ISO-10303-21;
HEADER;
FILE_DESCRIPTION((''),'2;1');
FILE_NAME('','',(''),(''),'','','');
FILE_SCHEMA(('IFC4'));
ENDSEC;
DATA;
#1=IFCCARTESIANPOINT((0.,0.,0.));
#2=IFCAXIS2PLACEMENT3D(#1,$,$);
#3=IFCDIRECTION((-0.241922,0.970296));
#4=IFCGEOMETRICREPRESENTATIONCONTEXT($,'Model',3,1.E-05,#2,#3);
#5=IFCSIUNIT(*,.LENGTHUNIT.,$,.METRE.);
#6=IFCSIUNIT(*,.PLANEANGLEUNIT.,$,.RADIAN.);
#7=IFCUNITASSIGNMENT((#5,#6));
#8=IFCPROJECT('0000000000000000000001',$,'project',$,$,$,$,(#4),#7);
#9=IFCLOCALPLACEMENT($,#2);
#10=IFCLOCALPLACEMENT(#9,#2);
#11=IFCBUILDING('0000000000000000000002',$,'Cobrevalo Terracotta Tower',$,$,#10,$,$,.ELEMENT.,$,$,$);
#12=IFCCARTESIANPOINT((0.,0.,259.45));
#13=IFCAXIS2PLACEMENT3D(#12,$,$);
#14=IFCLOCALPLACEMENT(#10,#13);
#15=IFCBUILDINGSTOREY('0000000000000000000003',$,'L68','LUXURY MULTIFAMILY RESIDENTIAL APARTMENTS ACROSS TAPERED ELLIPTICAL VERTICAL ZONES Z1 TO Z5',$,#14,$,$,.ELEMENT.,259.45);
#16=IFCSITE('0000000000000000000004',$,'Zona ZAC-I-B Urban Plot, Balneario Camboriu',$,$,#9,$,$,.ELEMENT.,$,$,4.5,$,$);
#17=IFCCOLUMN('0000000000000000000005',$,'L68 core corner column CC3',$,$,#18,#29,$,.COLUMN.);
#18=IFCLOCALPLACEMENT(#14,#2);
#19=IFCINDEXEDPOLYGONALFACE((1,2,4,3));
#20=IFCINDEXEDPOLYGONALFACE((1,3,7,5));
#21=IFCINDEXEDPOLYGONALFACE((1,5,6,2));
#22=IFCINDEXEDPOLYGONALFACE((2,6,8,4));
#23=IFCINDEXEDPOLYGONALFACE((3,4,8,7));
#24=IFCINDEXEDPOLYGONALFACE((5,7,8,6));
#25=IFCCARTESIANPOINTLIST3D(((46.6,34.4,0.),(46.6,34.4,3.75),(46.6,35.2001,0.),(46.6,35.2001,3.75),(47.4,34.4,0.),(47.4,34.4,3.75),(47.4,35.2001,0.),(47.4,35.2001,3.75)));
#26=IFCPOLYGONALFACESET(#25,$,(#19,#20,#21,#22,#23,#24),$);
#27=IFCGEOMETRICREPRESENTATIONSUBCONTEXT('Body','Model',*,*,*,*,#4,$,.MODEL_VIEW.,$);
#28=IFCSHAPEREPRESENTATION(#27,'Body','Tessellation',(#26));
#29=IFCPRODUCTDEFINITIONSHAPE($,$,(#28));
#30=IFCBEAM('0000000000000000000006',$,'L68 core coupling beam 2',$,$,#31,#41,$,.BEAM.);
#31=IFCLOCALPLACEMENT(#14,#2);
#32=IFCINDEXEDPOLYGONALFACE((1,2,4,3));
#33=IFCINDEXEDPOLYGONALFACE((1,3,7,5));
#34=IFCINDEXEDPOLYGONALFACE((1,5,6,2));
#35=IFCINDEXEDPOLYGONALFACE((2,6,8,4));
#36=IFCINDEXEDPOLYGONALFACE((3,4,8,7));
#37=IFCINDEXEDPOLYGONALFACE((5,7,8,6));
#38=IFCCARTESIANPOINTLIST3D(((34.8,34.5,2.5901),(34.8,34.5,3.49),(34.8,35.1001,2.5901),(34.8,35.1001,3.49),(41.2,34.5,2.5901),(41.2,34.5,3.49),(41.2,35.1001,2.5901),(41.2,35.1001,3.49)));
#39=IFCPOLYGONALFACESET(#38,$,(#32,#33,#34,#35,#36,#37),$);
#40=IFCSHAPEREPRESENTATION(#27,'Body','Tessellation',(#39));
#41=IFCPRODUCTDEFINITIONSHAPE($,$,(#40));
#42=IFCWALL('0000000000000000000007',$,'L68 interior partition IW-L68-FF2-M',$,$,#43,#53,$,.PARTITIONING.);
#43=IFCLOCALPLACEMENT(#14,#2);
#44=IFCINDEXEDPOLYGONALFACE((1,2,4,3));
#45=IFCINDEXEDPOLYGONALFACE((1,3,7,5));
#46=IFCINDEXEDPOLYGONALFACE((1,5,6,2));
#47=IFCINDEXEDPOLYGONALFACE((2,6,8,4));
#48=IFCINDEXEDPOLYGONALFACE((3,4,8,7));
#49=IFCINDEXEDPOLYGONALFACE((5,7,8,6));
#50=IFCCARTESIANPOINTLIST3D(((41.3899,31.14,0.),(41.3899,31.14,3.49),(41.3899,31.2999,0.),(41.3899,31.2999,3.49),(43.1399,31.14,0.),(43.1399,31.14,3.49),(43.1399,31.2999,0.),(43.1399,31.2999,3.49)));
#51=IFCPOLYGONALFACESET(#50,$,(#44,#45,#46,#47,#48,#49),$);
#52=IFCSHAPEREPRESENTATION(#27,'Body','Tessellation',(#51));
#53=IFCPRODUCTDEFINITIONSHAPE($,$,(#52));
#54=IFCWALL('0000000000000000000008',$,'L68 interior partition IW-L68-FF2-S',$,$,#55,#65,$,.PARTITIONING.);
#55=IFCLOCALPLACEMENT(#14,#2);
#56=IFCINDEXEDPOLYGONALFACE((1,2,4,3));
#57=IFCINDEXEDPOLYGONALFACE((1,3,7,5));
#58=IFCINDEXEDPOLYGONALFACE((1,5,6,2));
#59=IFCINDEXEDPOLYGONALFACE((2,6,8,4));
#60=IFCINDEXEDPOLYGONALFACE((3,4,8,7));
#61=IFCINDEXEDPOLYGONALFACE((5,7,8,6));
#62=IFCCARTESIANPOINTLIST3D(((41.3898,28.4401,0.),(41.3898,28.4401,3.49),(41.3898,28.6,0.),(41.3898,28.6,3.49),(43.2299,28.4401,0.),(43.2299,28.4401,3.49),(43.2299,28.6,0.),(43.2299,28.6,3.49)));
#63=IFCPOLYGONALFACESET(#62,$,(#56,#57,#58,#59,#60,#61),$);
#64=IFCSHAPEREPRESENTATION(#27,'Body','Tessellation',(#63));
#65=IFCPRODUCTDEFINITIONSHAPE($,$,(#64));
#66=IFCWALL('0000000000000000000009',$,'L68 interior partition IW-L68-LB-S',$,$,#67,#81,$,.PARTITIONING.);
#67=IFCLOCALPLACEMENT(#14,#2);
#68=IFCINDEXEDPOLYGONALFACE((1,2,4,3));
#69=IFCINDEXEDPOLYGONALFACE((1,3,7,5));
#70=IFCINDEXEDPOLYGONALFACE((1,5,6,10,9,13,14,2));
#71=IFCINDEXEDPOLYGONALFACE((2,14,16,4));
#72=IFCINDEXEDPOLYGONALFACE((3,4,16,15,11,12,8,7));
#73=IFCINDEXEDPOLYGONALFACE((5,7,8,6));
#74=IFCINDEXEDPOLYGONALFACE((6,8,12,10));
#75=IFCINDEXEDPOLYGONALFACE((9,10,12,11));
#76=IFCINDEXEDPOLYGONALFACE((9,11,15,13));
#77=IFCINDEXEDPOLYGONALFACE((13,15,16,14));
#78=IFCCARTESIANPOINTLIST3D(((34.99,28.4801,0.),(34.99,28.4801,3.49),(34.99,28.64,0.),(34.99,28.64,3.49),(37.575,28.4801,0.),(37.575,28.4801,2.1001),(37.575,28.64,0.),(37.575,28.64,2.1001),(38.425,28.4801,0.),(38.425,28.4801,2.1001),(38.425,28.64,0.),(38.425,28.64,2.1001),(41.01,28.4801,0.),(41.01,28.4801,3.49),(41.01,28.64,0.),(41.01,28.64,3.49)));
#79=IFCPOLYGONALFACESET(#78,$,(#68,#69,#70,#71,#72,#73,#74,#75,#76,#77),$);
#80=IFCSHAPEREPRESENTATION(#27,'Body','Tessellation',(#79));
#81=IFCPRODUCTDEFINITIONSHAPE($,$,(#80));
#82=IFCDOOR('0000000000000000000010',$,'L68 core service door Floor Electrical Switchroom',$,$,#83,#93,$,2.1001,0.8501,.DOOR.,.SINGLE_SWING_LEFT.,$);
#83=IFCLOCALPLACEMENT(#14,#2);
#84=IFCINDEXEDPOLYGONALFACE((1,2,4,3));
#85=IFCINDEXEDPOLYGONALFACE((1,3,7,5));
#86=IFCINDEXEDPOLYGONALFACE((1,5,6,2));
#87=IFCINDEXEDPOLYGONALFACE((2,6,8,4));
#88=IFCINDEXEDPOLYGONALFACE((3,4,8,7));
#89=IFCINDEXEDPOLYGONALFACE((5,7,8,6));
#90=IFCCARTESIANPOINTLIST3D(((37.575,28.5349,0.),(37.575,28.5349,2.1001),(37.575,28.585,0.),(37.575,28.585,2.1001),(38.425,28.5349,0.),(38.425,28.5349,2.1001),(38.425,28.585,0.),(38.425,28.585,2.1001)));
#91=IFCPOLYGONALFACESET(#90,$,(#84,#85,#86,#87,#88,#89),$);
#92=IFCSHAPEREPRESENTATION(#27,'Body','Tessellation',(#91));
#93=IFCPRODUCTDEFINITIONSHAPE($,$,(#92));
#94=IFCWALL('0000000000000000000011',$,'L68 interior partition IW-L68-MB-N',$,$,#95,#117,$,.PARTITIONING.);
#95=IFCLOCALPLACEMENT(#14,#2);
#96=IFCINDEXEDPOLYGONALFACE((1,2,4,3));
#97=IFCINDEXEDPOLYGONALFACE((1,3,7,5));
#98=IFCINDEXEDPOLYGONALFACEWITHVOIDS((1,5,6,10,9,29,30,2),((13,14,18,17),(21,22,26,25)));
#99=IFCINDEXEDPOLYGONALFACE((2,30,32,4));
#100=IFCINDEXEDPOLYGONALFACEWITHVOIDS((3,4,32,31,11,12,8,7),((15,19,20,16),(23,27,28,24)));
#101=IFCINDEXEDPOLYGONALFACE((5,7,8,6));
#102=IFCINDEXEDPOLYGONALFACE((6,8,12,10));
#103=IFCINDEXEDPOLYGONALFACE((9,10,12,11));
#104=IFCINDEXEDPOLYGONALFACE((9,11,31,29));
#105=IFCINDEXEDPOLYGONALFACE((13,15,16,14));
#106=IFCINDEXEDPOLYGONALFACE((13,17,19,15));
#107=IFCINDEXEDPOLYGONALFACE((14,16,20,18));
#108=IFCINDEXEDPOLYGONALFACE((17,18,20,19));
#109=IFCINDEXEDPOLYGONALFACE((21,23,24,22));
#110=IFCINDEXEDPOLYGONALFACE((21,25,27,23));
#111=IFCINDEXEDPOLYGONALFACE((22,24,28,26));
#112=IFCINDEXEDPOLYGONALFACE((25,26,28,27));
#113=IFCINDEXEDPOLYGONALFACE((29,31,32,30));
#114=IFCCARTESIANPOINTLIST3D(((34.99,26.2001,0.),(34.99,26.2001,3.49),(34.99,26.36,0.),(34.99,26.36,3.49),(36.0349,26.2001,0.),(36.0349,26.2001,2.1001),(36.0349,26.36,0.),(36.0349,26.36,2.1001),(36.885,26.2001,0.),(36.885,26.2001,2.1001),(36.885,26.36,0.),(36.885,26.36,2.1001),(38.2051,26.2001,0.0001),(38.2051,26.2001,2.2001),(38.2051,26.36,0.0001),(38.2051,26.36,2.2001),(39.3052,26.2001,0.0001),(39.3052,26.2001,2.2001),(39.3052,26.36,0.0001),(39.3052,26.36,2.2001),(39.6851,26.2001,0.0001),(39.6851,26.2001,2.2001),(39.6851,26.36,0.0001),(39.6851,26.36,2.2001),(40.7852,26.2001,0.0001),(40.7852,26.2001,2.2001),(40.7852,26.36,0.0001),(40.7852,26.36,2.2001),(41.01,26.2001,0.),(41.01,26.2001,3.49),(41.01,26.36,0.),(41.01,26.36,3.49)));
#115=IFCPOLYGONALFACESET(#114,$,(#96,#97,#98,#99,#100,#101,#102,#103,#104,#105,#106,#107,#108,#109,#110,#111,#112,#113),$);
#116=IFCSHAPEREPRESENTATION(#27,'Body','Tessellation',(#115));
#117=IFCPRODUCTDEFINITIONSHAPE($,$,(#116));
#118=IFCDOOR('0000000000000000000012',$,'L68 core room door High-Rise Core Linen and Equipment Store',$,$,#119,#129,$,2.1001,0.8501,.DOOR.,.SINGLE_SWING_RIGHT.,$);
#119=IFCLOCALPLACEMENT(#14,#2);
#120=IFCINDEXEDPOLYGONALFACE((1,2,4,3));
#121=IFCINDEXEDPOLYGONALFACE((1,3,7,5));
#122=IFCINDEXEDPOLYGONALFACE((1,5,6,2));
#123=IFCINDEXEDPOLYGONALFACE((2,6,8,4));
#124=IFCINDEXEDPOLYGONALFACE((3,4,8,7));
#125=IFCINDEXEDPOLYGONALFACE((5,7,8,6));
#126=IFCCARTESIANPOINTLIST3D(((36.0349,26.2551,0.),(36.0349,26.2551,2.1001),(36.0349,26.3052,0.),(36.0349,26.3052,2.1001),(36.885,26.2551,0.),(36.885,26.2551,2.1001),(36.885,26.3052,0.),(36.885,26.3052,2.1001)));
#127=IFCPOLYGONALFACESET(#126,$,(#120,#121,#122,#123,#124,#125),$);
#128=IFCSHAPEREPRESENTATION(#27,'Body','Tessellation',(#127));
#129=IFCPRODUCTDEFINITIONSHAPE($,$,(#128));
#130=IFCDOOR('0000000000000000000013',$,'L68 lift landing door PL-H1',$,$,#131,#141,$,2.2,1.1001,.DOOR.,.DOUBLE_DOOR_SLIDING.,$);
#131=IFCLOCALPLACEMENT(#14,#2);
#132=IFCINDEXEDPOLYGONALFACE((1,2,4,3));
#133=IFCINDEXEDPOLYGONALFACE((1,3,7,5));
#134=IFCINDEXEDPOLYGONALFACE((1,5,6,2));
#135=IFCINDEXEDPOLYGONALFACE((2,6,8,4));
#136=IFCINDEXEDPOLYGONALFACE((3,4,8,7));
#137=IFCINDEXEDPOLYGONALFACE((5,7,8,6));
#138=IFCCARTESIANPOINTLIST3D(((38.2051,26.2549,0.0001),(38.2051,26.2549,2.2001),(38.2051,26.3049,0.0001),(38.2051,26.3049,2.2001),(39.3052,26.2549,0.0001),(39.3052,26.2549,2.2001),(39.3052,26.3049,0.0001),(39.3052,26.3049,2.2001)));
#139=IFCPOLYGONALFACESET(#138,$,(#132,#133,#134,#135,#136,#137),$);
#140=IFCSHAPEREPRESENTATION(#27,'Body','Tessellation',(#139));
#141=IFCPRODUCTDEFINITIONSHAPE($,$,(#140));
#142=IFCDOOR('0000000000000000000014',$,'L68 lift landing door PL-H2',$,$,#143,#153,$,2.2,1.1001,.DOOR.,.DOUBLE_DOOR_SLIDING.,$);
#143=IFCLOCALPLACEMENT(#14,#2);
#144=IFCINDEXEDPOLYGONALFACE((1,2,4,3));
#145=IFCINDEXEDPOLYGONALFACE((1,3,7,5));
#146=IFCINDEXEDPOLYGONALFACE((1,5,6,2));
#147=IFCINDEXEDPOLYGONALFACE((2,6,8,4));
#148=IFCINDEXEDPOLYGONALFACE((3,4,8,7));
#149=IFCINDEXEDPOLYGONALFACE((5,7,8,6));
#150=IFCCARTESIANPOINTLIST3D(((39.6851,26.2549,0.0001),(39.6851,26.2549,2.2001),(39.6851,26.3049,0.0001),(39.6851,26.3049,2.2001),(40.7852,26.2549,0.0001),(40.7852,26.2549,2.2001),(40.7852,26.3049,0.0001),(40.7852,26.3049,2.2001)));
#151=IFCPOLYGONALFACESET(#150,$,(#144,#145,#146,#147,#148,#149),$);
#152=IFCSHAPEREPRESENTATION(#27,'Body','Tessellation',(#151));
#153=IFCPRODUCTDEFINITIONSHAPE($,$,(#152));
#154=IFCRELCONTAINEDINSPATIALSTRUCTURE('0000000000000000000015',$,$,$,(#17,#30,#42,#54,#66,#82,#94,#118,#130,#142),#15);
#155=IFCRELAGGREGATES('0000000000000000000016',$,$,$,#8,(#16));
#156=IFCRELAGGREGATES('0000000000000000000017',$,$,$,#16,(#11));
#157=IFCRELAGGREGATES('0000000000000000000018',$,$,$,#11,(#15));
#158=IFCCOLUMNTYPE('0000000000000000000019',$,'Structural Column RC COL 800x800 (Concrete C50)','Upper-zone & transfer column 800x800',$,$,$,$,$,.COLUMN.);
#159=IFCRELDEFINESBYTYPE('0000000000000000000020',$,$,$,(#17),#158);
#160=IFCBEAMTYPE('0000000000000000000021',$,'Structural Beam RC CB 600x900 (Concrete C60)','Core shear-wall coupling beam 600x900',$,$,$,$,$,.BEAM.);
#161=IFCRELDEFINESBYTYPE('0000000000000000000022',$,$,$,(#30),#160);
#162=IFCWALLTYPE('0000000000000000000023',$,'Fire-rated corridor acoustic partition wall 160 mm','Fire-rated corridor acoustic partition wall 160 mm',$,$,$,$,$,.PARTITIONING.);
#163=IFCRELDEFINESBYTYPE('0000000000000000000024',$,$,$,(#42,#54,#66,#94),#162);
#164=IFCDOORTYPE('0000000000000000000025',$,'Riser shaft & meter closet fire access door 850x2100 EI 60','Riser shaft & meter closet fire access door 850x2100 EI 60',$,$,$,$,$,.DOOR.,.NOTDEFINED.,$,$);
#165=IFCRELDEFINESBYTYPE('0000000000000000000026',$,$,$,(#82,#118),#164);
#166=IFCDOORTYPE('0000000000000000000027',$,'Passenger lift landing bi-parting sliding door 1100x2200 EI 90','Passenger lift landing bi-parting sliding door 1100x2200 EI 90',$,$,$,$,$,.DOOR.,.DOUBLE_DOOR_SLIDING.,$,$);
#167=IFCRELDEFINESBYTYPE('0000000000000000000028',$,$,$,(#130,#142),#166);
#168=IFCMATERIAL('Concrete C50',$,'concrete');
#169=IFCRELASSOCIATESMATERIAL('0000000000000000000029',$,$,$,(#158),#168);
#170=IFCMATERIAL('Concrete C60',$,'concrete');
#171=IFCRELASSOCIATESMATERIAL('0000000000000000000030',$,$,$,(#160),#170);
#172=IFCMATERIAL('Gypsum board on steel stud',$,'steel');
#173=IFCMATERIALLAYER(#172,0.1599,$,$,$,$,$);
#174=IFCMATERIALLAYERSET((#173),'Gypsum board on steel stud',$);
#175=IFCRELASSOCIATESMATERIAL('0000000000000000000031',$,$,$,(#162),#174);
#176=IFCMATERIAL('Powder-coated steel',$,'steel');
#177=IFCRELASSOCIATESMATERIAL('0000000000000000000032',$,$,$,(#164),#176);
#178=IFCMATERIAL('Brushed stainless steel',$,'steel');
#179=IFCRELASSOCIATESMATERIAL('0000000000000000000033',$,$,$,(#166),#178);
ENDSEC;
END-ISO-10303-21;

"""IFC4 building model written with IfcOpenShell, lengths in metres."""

from ifc_helpers import new_model, si_unit, direction, frame, frame_2d, origin, origin_2d, place, context, subcontext, project, spatial, rectangle, extrude, source, transform, mapped, material, layer, layer_set, material_profile, profile_set, type_object, element, fill, save


model = new_model("IFC4")

# Units and contexts
model_context = context("Model", 3, precision=1e-05, world=origin(), true_north=direction((-0.241922, 0.970296)))
body_context = subcontext(model_context, "Body", "Model", "MODEL_VIEW")
ifc_project = project(units=[si_unit("LENGTHUNIT", "METRE"), si_unit("PLANEANGLEUNIT", "RADIAN")], contexts=[model_context])

# Site, building, storey
site_placement = place(None, origin())
site = spatial("IfcSite", under=ifc_project, at=site_placement, Name="Zona ZAC-I-B Urban Plot, Balneario Camboriu", CompositionType="ELEMENT", RefElevation=4.5)
building_placement = place(site_placement, origin())
building = spatial("IfcBuilding", under=site, at=building_placement, Name="Cobrevalo Terracotta Tower", CompositionType="ELEMENT")
storey_placement = place(building_placement, frame((0.0, 0.0, 259.45)))
storey = spatial("IfcBuildingStorey", under=building, at=storey_placement, Name="L68", Description="LUXURY MULTIFAMILY RESIDENTIAL APARTMENTS ACROSS TAPERED ELLIPTICAL VERTICAL ZONES Z1 TO Z5", CompositionType="ELEMENT", Elevation=259.45)

# Column
ifc_material_1 = material(Name="Concrete C50", Category="concrete")
ifc_material_profile_1 = material_profile(ifc_material_1, rectangle(XDim=0.8, YDim=0.8, at=origin_2d()), Name="RC COL 800x800")
ifc_profile_set_1 = profile_set([ifc_material_profile_1], Name="Concrete C50")
column_type = type_object("IfcColumnType", Name="Structural Column RC COL 800x800 (Concrete C50)", Description="Upper-zone & transfer column 800x800", PredefinedType="COLUMN", material=ifc_profile_set_1)
column_placement = place(storey_placement, frame((47.0, 34.8, 0.0), z_axis=(0.0, 0.0, 1.0), x_axis=(1.0, 0.0, 0.0)))
element("IfcColumn", 1, at=column_placement, inside=storey, type_object=column_type, Name="L68 core corner column CC3", PredefinedType="COLUMN", context=body_context, shape_type="SweptSolid", body=[
    extrude(rectangle(XDim=0.8, YDim=0.8, at=origin_2d()), origin(), (0.0, 0.0, 1.0), 3.75),
])

# Beam
ifc_material_2 = material(Name="Concrete C60", Category="concrete")
ifc_material_profile_2 = material_profile(ifc_material_2, rectangle(XDim=0.6001, YDim=0.8999, at=origin_2d()), Name="RC CB 600x900")
ifc_profile_set_2 = profile_set([ifc_material_profile_2], Name="Concrete C60")
beam_type = type_object("IfcBeamType", Name="Structural Beam RC CB 600x900 (Concrete C60)", Description="Core shear-wall coupling beam 600x900", PredefinedType="BEAM", material=ifc_profile_set_2)
beam_placement = place(storey_placement, frame((34.8, 34.8, 3.04), z_axis=(1.0, 0.0, 0.0), x_axis=(0.0, 1.0, 0.0)))
element("IfcBeam", 2, at=beam_placement, inside=storey, type_object=beam_type, Name="L68 core coupling beam 2", PredefinedType="BEAM", context=body_context, shape_type="SweptSolid", body=[
    extrude(rectangle(XDim=0.6001, YDim=0.8999, at=origin_2d()), origin(), (0.0, 0.0, 1.0), 6.3999),
])

# Walls
ifc_material_3 = material(Name="Gypsum board on steel stud", Category="steel")
ifc_layer_1 = layer(ifc_material_3, 0.1599)
ifc_layer_set_1 = layer_set([ifc_layer_1], Name="Gypsum board on steel stud")
wall_type_1 = type_object("IfcWallType", Name="Fire-rated corridor acoustic partition wall 160 mm", Description="Fire-rated corridor acoustic partition wall 160 mm", PredefinedType="PARTITIONING", material=ifc_layer_set_1)
wall_1_placement = place(storey_placement, frame((41.3899, 31.22, 0.0), z_axis=(0.0, 0.0, 1.0), x_axis=(1.0, 0.0, 0.0)))
element("IfcWall", 3, at=wall_1_placement, inside=storey, type_object=wall_type_1, Name="L68 interior partition IW-L68-FF2-M", PredefinedType="PARTITIONING", context=body_context, shape_type="SweptSolid", body=[
    extrude(rectangle(XDim=1.75, YDim=0.1599, at=frame_2d((0.875, 0.0))), origin(), (0.0, 0.0, 1.0), 3.49),
])
wall_2_placement = place(storey_placement, frame((41.3899, 28.52, 0.0), z_axis=(0.0, 0.0, 1.0), x_axis=(1.0, 0.0, 0.0)))
element("IfcWall", 4, at=wall_2_placement, inside=storey, type_object=wall_type_1, Name="L68 interior partition IW-L68-FF2-S", PredefinedType="PARTITIONING", context=body_context, shape_type="SweptSolid", body=[
    extrude(rectangle(XDim=1.8401, YDim=0.1599, at=frame_2d((0.9199, 0.0))), origin(), (0.0, 0.0, 1.0), 3.49),
])

# Wall, opening, door
wall_3_placement = place(storey_placement, frame((34.99, 28.5601, 0.0), z_axis=(0.0, 0.0, 1.0), x_axis=(1.0, 0.0, 0.0)))
wall_3 = element("IfcWall", 5, at=wall_3_placement, inside=storey, type_object=wall_type_1, Name="L68 interior partition IW-L68-LB-S", PredefinedType="PARTITIONING", context=body_context, shape_type="SweptSolid", body=[
    extrude(rectangle(XDim=6.02, YDim=0.1599, at=frame_2d((3.01, 0.0))), origin(), (0.0, 0.0, 1.0), 3.49),
])
opening_1_placement = place(wall_3_placement, frame((2.585, 0.0, 0.0)))
opening_1 = element("IfcOpeningElement", 6, at=opening_1_placement, cuts=wall_3, PredefinedType="OPENING", context=body_context, shape_type="SweptSolid", body=[
    extrude(rectangle(XDim=0.8501, YDim=2.1001, at=frame_2d((0.425, 1.05))), frame((0.0, 0.0898, 0.0), z_axis=(0.0, -1.0, 0.0), x_axis=(1.0, 0.0, 0.0)), (0.0, 0.0, 1.0), 0.1799),
])
ifc_material_4 = material(Name="Powder-coated steel", Category="steel")
door_type_1 = type_object("IfcDoorType", Name="Riser shaft & meter closet fire access door 850x2100 EI 60", Description="Riser shaft & meter closet fire access door 850x2100 EI 60", OperationType="NOTDEFINED", PredefinedType="DOOR", material=ifc_material_4)
shared_shape_1 = source(origin(), body_context, "Body", "SweptSolid", [
    extrude(rectangle(XDim=0.8501, YDim=2.1001, at=frame_2d((0.425, 1.05))), frame((0.0, 0.0249, 0.0), z_axis=(0.0, -1.0, 0.0), x_axis=(1.0, 0.0, 0.0)), (0.0, 0.0, 1.0), 0.05),
])
door_1_placement = place(opening_1_placement, origin())
door_1 = element("IfcDoor", 7, at=door_1_placement, inside=storey, type_object=door_type_1, Name="L68 core service door Floor Electrical Switchroom", OperationType="SINGLE_SWING_LEFT", OverallHeight=2.1001, OverallWidth=0.8501, PredefinedType="DOOR", context=body_context, shape_type="MappedRepresentation", body=[
    mapped(shared_shape_1, transform((0.0, 0.0, 0.0), scale=1.0)),
])
fill(opening_1, door_1)

# Wall, openings, doors
wall_4_placement = place(storey_placement, frame((34.99, 26.28, 0.0), z_axis=(0.0, 0.0, 1.0), x_axis=(1.0, 0.0, 0.0)))
wall_4 = element("IfcWall", 8, at=wall_4_placement, inside=storey, type_object=wall_type_1, Name="L68 interior partition IW-L68-MB-N", PredefinedType="PARTITIONING", context=body_context, shape_type="SweptSolid", body=[
    extrude(rectangle(XDim=6.02, YDim=0.1599, at=frame_2d((3.01, 0.0))), origin(), (0.0, 0.0, 1.0), 3.49),
])
opening_2_placement = place(wall_4_placement, frame((1.0449, 0.0, 0.0)))
opening_2 = element("IfcOpeningElement", 9, at=opening_2_placement, cuts=wall_4, PredefinedType="OPENING", context=body_context, shape_type="SweptSolid", body=[
    extrude(rectangle(XDim=0.8501, YDim=2.1001, at=frame_2d((0.425, 1.05))), frame((0.0, 0.0898, 0.0), z_axis=(0.0, -1.0, 0.0), x_axis=(1.0, 0.0, 0.0)), (0.0, 0.0, 1.0), 0.1799),
])
opening_3_placement = place(wall_4_placement, frame((3.2151, 0.0, 0.0)))
opening_3 = element("IfcOpeningElement", 10, at=opening_3_placement, cuts=wall_4, PredefinedType="OPENING", context=body_context, shape_type="SweptSolid", body=[
    extrude(rectangle(XDim=1.1001, YDim=2.2, at=frame_2d((0.55, 1.1001))), frame((0.0, 0.0898, 0.0), z_axis=(0.0, -1.0, 0.0), x_axis=(1.0, 0.0, 0.0)), (0.0, 0.0, 1.0), 0.1799),
])
opening_4_placement = place(wall_4_placement, frame((4.6951, 0.0, 0.0)))
opening_4 = element("IfcOpeningElement", 11, at=opening_4_placement, cuts=wall_4, PredefinedType="OPENING", context=body_context, shape_type="SweptSolid", body=[
    extrude(rectangle(XDim=1.1001, YDim=2.2, at=frame_2d((0.55, 1.1001))), frame((0.0, 0.0898, 0.0), z_axis=(0.0, -1.0, 0.0), x_axis=(1.0, 0.0, 0.0)), (0.0, 0.0, 1.0), 0.1799),
])
door_2_placement = place(opening_2_placement, frame((0.8501, 0.0, 0.0), z_axis=(0.0, 0.0, 1.0), x_axis=(-1.0, 0.0, 0.0)))
door_2 = element("IfcDoor", 12, at=door_2_placement, inside=storey, type_object=door_type_1, Name="L68 core room door High-Rise Core Linen and Equipment Store", OperationType="SINGLE_SWING_RIGHT", OverallHeight=2.1001, OverallWidth=0.8501, PredefinedType="DOOR", context=body_context, shape_type="MappedRepresentation", body=[
    mapped(shared_shape_1, transform((0.0, 0.0, 0.0), scale=1.0)),
])
fill(opening_2, door_2)
ifc_material_5 = material(Name="Brushed stainless steel", Category="steel")
door_type_2 = type_object("IfcDoorType", Name="Passenger lift landing bi-parting sliding door 1100x2200 EI 90", Description="Passenger lift landing bi-parting sliding door 1100x2200 EI 90", OperationType="DOUBLE_DOOR_SLIDING", PredefinedType="DOOR", material=ifc_material_5)
shared_shape_2 = source(origin(), body_context, "Body", "SweptSolid", [
    extrude(rectangle(XDim=1.1001, YDim=2.2, at=frame_2d((0.55, 1.1001))), frame((0.0, 0.0249, 0.0), z_axis=(0.0, -1.0, 0.0), x_axis=(1.0, 0.0, 0.0)), (0.0, 0.0, 1.0), 0.05),
])
door_3_placement = place(opening_3_placement, origin())
door_3 = element("IfcDoor", 13, at=door_3_placement, inside=storey, type_object=door_type_2, Name="L68 lift landing door PL-H1", OperationType="DOUBLE_DOOR_SLIDING", OverallHeight=2.2, OverallWidth=1.1001, PredefinedType="DOOR", context=body_context, shape_type="MappedRepresentation", body=[
    mapped(shared_shape_2, transform((0.0, 0.0, 0.0), scale=1.0)),
])
fill(opening_3, door_3)
door_4_placement = place(opening_4_placement, origin())
door_4 = element("IfcDoor", 14, at=door_4_placement, inside=storey, type_object=door_type_2, Name="L68 lift landing door PL-H2", OperationType="DOUBLE_DOOR_SLIDING", OverallHeight=2.2, OverallWidth=1.1001, PredefinedType="DOOR", context=body_context, shape_type="MappedRepresentation", body=[
    mapped(shared_shape_2, transform((0.0, 0.0, 0.0), scale=1.0)),
])
fill(opening_4, door_4)

save(model, "model.ifc")
